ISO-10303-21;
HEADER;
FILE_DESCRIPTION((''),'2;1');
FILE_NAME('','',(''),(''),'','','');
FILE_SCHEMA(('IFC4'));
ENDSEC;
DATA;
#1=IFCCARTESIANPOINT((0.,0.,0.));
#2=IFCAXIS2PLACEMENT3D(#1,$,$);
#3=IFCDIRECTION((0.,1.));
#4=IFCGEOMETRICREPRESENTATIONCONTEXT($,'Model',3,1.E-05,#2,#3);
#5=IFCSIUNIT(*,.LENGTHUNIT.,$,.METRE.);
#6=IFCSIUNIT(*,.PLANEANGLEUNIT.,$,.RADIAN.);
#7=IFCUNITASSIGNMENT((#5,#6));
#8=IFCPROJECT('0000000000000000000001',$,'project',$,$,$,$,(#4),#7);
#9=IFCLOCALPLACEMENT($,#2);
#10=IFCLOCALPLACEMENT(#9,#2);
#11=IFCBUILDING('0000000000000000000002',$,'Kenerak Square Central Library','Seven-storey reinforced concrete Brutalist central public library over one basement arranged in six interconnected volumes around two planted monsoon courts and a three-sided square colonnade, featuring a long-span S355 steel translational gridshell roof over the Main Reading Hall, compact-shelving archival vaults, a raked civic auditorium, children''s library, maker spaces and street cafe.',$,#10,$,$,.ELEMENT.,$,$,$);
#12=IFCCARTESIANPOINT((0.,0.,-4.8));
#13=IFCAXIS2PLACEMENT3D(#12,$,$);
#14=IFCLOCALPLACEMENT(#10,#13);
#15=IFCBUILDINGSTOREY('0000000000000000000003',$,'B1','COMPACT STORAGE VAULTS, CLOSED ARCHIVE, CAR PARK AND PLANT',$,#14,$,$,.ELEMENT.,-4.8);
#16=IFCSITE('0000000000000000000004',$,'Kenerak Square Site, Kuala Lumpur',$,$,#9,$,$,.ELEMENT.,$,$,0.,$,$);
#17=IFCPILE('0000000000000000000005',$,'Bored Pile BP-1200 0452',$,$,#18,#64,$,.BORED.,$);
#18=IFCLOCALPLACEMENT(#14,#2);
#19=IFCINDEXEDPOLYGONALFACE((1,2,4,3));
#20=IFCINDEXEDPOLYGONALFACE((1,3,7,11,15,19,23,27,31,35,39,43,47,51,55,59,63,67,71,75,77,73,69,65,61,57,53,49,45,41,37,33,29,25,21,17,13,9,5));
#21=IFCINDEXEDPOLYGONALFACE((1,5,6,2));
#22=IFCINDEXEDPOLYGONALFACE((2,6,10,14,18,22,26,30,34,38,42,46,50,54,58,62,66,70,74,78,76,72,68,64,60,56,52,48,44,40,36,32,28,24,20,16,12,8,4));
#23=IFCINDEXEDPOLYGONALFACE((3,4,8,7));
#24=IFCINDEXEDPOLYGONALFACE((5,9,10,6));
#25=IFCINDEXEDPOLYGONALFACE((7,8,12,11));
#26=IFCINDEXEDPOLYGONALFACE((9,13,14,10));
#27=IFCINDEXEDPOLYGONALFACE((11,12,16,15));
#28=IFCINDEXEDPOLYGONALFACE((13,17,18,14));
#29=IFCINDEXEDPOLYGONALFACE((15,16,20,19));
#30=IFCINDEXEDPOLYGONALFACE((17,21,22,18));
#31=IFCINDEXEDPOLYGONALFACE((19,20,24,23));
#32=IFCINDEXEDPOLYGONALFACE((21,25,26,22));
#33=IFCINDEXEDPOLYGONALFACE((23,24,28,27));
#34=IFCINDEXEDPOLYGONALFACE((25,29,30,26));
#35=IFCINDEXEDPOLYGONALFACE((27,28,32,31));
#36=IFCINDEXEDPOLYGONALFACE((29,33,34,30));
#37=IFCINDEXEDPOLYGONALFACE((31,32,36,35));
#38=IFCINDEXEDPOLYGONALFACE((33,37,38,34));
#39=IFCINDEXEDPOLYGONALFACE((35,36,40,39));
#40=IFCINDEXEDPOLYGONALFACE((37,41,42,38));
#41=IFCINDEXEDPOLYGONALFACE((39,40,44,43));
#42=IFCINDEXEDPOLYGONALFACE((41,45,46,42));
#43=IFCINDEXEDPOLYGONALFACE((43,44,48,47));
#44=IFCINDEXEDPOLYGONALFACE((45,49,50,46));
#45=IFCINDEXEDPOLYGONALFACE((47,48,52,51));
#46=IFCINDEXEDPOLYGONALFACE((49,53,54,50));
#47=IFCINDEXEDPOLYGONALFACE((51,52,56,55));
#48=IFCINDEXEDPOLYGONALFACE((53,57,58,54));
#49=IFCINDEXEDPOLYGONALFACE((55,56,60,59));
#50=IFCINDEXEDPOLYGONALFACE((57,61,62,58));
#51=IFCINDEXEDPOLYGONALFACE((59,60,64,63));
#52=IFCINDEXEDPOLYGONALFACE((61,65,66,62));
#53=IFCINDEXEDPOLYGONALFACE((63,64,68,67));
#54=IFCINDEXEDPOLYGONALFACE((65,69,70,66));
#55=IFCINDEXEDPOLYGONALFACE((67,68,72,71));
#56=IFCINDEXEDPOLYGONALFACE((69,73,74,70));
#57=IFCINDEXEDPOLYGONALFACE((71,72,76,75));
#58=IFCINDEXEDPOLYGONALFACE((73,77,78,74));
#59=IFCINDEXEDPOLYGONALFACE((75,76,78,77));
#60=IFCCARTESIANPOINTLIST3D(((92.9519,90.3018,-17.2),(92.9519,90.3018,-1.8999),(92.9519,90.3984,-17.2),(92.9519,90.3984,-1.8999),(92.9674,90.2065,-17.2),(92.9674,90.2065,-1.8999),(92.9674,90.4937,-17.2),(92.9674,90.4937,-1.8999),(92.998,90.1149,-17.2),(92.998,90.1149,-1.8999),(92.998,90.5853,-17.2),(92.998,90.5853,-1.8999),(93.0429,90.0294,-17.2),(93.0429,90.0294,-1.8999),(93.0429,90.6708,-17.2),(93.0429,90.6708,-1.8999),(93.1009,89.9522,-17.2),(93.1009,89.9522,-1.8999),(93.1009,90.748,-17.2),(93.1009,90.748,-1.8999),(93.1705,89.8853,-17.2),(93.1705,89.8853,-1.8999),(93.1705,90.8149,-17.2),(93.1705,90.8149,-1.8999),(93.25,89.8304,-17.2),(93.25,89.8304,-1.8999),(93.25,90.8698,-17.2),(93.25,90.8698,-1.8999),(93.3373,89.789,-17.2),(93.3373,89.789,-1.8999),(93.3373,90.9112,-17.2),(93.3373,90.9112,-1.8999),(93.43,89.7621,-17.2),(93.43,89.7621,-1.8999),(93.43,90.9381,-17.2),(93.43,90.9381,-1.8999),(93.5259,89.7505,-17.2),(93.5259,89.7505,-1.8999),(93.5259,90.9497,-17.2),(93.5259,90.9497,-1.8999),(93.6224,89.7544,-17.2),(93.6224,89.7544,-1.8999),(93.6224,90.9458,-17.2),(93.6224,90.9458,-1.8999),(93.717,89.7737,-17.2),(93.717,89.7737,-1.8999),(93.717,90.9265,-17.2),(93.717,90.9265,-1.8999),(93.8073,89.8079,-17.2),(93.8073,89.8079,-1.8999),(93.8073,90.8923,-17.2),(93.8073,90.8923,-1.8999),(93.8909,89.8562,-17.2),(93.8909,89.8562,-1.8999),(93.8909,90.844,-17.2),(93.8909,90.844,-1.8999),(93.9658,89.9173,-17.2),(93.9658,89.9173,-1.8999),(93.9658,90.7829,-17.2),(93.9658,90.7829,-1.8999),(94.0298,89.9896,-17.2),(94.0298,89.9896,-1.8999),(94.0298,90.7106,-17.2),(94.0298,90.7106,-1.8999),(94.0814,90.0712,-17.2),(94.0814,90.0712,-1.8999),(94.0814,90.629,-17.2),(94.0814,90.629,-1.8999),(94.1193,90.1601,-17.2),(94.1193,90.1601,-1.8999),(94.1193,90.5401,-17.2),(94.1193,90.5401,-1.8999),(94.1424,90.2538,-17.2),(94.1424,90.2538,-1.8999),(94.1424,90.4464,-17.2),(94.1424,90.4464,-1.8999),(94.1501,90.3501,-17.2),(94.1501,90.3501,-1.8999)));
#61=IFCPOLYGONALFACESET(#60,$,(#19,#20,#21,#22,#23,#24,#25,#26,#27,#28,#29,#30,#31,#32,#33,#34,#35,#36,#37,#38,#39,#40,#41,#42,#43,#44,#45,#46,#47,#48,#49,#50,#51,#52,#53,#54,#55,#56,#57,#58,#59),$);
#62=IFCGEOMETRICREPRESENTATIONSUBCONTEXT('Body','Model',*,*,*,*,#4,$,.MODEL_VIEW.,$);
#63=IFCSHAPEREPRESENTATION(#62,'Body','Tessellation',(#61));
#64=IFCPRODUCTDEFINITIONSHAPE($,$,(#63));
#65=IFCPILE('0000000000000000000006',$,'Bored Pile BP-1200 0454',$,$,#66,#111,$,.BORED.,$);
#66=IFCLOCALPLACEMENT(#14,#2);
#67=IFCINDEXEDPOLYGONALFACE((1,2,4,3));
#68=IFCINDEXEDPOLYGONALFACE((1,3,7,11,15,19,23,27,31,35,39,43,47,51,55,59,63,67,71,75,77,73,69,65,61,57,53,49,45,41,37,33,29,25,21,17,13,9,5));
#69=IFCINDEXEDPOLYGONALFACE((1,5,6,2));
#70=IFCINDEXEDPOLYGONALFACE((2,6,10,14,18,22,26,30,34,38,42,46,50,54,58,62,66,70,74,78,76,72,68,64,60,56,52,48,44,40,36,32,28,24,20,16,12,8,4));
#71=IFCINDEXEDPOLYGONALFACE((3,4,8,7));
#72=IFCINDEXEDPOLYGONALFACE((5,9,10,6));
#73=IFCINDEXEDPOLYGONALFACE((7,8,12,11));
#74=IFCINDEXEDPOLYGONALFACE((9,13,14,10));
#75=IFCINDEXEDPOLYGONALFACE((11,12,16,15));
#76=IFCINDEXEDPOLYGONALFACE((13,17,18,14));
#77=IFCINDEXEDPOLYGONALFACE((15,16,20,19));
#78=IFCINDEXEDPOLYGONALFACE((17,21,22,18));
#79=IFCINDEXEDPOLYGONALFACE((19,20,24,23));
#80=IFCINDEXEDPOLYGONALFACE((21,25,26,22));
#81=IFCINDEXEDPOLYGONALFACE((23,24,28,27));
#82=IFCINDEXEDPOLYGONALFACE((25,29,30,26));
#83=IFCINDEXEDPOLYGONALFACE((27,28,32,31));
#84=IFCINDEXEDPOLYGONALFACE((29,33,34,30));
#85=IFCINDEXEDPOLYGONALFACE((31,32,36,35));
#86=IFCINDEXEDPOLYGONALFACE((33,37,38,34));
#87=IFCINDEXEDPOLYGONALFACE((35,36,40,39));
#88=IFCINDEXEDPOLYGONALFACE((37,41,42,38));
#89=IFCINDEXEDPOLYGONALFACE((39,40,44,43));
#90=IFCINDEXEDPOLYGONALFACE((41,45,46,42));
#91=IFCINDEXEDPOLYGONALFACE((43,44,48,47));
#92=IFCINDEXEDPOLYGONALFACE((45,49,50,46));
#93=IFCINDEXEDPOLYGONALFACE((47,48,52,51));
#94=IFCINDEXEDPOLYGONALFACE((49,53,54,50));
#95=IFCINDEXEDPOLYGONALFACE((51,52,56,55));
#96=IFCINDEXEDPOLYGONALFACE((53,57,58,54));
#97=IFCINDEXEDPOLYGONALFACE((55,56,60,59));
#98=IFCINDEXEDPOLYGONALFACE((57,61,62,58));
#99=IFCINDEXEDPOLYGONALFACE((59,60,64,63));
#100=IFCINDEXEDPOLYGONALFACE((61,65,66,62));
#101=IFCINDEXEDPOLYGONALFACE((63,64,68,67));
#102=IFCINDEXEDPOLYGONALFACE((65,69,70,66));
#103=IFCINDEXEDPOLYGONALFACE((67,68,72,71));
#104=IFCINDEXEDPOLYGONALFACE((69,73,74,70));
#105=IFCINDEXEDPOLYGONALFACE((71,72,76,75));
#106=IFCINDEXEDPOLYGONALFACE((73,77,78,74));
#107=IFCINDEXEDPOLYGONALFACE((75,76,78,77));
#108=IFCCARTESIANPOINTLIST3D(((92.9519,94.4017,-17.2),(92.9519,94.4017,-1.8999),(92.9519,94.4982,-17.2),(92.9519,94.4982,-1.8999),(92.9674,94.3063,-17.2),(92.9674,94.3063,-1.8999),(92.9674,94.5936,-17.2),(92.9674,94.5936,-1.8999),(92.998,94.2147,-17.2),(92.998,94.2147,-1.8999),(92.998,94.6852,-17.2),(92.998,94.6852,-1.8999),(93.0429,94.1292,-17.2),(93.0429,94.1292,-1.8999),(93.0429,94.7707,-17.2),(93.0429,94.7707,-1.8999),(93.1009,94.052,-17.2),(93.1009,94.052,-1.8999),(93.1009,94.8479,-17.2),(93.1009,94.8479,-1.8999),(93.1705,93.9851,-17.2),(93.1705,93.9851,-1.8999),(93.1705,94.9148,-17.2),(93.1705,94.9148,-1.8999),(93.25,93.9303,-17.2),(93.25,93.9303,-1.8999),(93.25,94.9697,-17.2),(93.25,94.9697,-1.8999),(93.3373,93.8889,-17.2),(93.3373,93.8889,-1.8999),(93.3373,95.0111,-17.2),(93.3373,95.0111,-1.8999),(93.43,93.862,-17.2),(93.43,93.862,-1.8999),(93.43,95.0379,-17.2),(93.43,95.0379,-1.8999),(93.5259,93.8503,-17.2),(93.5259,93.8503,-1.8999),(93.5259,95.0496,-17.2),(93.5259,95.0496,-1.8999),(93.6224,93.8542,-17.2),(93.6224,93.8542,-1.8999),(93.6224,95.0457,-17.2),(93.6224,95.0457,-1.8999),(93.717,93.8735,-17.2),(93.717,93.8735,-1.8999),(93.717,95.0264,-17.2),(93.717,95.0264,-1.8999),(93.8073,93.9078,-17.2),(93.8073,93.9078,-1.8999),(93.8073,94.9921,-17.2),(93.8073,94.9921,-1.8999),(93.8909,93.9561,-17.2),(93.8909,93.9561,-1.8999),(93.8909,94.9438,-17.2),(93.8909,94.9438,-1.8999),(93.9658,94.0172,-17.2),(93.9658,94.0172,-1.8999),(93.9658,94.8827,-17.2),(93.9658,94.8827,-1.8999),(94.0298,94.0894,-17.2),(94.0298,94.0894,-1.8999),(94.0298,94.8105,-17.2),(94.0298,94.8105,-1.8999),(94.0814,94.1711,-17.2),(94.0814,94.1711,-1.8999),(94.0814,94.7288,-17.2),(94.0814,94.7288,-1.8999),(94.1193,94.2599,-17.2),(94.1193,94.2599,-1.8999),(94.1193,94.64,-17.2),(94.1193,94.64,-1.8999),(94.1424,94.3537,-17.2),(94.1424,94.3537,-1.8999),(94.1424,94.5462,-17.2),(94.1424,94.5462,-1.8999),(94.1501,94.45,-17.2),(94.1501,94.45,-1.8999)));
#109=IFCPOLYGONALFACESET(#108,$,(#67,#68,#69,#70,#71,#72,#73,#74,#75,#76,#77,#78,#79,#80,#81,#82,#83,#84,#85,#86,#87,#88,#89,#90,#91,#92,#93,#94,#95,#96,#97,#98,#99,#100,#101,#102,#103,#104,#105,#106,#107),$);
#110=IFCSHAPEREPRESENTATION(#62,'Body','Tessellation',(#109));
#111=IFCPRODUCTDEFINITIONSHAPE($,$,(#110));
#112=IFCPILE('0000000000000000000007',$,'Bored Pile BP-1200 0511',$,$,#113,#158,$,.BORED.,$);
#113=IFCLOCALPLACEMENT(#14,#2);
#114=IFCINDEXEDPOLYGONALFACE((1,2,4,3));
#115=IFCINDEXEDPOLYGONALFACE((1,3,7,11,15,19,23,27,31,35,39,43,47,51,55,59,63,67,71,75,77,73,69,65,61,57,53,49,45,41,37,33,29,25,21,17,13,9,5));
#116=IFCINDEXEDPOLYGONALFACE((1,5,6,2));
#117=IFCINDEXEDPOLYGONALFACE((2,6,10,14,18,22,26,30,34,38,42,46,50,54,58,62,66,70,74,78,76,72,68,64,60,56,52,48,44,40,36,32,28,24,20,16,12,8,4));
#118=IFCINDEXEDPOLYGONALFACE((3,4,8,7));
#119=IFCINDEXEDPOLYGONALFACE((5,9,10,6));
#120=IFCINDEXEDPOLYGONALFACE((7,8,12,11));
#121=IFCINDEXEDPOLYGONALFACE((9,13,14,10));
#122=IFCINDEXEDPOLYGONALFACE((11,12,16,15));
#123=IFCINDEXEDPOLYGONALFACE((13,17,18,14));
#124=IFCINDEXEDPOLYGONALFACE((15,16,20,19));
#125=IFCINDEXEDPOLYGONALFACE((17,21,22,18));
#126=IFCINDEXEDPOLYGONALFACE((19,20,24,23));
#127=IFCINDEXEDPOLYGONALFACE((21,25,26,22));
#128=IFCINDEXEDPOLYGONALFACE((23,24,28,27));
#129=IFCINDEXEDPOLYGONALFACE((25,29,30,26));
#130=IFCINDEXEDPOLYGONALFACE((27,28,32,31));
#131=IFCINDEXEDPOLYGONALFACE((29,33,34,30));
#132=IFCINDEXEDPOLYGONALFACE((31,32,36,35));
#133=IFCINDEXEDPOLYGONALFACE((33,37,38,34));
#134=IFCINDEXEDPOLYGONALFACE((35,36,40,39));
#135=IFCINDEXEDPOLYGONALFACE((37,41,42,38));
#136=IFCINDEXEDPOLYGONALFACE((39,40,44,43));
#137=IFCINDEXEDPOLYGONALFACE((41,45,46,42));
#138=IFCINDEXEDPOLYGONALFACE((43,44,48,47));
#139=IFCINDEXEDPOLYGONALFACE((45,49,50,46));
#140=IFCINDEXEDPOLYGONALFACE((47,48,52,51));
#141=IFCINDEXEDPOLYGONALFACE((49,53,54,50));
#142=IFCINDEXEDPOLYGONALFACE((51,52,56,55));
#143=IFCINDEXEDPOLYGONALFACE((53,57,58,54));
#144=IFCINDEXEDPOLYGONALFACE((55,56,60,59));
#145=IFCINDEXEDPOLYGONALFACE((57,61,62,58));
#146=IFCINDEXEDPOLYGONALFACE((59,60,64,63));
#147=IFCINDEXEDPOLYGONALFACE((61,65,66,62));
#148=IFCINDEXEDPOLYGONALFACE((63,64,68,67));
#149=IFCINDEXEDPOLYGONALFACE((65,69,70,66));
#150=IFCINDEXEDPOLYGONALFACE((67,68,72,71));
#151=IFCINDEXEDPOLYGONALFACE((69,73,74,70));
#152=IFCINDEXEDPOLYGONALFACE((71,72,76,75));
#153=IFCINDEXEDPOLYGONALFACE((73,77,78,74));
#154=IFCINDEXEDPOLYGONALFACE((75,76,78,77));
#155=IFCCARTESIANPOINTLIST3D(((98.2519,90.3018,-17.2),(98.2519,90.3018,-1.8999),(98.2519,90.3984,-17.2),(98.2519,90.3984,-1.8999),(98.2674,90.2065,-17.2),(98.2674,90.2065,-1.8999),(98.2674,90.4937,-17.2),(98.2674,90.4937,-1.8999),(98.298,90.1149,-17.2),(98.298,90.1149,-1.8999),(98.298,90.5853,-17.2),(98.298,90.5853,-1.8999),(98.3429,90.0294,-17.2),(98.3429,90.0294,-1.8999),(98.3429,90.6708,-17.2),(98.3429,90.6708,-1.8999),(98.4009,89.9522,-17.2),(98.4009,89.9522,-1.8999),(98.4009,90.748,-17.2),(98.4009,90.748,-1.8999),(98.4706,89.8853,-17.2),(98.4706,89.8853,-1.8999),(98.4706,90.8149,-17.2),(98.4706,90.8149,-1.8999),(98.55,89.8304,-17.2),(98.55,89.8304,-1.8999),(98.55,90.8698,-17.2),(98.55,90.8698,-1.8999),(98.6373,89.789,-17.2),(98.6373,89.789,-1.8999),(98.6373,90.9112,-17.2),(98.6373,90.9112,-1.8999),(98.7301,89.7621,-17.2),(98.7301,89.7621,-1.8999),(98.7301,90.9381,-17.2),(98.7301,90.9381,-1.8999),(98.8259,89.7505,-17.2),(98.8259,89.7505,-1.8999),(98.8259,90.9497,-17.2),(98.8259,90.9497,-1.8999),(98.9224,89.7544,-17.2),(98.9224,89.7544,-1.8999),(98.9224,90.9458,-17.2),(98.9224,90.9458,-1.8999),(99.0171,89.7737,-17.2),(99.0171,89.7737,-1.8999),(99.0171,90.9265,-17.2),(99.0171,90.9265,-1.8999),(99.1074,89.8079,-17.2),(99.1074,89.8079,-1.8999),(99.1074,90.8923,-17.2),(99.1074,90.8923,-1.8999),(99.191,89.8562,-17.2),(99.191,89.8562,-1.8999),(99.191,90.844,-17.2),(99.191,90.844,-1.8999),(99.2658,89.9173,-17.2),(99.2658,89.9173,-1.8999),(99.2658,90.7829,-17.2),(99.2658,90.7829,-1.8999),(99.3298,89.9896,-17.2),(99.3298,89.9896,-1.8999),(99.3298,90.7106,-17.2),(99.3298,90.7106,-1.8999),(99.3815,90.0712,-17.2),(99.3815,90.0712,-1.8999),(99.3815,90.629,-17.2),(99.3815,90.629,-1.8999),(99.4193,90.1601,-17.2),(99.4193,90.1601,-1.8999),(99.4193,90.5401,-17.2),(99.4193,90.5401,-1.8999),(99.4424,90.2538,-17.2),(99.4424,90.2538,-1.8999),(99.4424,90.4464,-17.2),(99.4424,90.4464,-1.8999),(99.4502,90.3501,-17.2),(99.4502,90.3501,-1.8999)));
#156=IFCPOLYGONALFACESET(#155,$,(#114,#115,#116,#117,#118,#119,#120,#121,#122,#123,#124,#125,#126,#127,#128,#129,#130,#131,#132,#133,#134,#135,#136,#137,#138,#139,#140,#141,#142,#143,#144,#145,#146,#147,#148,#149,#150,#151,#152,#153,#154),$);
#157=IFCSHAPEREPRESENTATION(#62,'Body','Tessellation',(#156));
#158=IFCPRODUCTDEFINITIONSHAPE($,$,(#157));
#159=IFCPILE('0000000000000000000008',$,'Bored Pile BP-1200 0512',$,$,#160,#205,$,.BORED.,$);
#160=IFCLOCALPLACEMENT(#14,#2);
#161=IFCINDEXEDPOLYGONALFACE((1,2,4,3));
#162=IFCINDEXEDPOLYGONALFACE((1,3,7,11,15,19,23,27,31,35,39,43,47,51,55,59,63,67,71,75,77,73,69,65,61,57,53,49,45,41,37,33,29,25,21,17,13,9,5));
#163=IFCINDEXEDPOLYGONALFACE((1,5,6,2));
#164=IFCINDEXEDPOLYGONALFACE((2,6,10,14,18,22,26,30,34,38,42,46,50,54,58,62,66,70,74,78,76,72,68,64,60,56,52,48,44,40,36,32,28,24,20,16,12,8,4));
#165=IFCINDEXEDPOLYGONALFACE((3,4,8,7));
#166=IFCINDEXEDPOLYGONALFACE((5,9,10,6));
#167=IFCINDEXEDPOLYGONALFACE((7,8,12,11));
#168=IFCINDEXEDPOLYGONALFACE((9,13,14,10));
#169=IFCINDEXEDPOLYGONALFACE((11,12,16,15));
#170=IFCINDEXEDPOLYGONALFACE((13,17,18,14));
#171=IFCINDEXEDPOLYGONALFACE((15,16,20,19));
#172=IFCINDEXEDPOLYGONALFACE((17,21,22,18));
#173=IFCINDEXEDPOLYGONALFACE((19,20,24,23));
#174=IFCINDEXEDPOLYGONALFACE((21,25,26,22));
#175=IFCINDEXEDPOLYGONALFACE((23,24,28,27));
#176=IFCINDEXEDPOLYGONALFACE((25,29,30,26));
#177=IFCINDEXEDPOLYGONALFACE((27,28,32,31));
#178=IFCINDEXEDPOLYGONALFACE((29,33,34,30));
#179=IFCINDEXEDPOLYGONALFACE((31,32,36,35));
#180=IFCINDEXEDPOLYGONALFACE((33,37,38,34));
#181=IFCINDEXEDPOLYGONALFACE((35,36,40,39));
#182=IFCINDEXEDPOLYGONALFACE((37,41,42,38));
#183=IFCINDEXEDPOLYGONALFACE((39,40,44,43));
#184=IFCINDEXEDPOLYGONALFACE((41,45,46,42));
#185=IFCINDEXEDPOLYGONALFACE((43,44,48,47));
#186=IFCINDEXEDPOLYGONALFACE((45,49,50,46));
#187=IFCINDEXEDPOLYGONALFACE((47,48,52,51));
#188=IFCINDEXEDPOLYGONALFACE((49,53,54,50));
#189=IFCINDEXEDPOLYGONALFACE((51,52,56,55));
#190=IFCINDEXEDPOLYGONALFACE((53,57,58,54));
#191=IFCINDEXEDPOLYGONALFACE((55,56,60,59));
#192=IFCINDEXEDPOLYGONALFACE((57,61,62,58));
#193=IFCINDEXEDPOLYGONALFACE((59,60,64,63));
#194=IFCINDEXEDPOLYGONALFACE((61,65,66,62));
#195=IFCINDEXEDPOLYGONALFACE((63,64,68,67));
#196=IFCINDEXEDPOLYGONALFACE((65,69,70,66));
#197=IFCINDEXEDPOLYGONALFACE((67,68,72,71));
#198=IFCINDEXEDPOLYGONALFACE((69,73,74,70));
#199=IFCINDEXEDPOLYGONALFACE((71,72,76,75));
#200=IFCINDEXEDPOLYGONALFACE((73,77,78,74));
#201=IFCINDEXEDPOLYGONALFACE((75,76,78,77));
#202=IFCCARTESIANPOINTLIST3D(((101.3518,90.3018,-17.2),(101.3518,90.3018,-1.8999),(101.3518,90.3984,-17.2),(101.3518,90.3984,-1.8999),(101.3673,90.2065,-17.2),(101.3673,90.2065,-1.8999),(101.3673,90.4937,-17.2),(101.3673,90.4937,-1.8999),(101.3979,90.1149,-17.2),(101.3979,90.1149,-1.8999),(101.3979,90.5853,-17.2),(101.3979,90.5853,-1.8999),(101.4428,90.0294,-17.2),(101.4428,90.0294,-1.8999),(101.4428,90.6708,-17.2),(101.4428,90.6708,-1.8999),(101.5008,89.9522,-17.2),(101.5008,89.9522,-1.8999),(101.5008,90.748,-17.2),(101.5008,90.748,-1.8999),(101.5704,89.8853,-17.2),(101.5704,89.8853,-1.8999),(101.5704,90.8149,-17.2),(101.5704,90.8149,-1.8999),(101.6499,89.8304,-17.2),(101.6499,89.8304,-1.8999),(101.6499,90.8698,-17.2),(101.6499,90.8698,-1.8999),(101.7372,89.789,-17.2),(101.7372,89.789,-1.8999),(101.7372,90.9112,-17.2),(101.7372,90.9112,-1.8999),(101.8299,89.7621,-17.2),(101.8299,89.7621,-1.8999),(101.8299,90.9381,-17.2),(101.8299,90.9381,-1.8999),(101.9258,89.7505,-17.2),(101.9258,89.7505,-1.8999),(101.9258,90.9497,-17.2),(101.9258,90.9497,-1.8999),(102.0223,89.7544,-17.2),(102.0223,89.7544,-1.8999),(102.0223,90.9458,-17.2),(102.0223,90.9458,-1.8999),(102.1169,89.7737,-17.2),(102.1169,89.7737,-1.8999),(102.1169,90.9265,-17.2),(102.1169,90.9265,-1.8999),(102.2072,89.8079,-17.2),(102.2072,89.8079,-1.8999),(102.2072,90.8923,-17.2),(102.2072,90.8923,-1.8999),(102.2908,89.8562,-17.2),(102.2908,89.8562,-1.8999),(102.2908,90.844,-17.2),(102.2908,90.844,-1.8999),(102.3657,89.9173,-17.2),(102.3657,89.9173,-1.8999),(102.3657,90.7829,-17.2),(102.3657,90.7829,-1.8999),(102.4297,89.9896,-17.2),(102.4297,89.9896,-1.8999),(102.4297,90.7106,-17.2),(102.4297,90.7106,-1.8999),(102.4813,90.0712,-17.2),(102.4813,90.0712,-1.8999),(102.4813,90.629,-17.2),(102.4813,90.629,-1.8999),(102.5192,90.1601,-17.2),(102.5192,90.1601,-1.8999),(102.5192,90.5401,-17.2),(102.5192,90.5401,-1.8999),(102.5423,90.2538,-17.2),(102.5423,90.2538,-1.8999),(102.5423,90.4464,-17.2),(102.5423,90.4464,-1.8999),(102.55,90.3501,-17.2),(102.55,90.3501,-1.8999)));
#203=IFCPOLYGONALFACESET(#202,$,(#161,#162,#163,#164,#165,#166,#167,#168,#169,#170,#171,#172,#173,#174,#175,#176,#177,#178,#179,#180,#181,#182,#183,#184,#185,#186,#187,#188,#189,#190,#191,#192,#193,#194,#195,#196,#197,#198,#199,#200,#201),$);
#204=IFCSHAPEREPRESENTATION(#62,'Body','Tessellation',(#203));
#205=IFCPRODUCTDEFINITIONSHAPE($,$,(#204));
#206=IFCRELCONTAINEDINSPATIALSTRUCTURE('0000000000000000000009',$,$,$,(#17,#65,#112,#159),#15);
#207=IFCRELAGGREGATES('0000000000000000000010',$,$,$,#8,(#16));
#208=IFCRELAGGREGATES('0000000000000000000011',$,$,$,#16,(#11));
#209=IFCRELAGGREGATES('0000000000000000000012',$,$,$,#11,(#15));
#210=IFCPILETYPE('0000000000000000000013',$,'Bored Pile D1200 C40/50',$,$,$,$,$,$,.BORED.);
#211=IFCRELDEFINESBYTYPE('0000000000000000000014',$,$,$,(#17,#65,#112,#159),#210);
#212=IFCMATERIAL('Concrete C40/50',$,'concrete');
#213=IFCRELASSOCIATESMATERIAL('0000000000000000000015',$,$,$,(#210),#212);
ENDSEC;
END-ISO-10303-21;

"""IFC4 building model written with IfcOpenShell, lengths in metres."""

from ifc_helpers import new_model, si_unit, direction, frame, origin, origin_2d, place, context, subcontext, project, spatial, circle, extrude, material, material_profile, profile_set, type_object, element, save


model = new_model("IFC4")

# Units and contexts
model_context = context("Model", 3, precision=1e-05, world=origin(), true_north=direction((0.0, 1.0)))
body_context = subcontext(model_context, "Body", "Model", "MODEL_VIEW")
ifc_project = project(units=[si_unit("LENGTHUNIT", "METRE"), si_unit("PLANEANGLEUNIT", "RADIAN")], contexts=[model_context])

# Site, building, storey
site_placement = place(None, origin())
site = spatial("IfcSite", under=ifc_project, at=site_placement, Name="Kenerak Square Site, Kuala Lumpur", CompositionType="ELEMENT", RefElevation=0.0)
building_placement = place(site_placement, origin())
building = spatial("IfcBuilding", under=site, at=building_placement, Name="Kenerak Square Central Library", Description="Seven-storey reinforced concrete Brutalist central public library over one basement arranged in six interconnected volumes around two planted monsoon courts and a three-sided square colonnade, featuring a long-span S355 steel translational gridshell roof over the Main Reading Hall, compact-shelving archival vaults, a raked civic auditorium, children's library, maker spaces and street cafe.", CompositionType="ELEMENT")
storey_placement = place(building_placement, frame((0.0, 0.0, -4.8)))
storey = spatial("IfcBuildingStorey", under=building, at=storey_placement, Name="B1", Description="COMPACT STORAGE VAULTS, CLOSED ARCHIVE, CAR PARK AND PLANT", CompositionType="ELEMENT", Elevation=-4.8)

# Piles
ifc_material_1 = material(Name="Concrete C40/50", Category="concrete")
ifc_material_profile_1 = material_profile(ifc_material_1, circle(Radius=0.6001, at=origin_2d()), Name="BP D1200")
ifc_profile_set_1 = profile_set([ifc_material_profile_1], Name="Concrete C40/50")
pile_type = type_object("IfcPileType", Name="Bored Pile D1200 C40/50", PredefinedType="BORED", material=ifc_profile_set_1)
for number, where, z_axis, x_axis, name in (
    (1, (93.55, 90.3501, -1.8999), (0.0, 0.0, -1.0), (1.0, 0.0, 0.0), "Bored Pile BP-1200 0452"),
    (2, (93.55, 94.45, -1.8999), (0.0, 0.0, -1.0), (1.0, 0.0, 0.0), "Bored Pile BP-1200 0454"),
    (3, (98.8501, 90.3501, -1.8999), (0.0, 0.0, -1.0), (1.0, 0.0, 0.0), "Bored Pile BP-1200 0511"),
    (4, (101.95, 90.3501, -1.8999), (0.0, 0.0, -1.0), (1.0, 0.0, 0.0), "Bored Pile BP-1200 0512"),
):
    element("IfcPile", number, at=place(storey_placement, frame(where, z_axis=z_axis, x_axis=x_axis)), inside=storey, type_object=pile_type, Name=name, PredefinedType="BORED", context=body_context, shape_type="SweptSolid", body=[
        extrude(circle(Radius=0.6001, at=origin_2d()), origin(), (0.0, 0.0, 1.0), 15.3),
    ])

save(model, "model.ifc")
